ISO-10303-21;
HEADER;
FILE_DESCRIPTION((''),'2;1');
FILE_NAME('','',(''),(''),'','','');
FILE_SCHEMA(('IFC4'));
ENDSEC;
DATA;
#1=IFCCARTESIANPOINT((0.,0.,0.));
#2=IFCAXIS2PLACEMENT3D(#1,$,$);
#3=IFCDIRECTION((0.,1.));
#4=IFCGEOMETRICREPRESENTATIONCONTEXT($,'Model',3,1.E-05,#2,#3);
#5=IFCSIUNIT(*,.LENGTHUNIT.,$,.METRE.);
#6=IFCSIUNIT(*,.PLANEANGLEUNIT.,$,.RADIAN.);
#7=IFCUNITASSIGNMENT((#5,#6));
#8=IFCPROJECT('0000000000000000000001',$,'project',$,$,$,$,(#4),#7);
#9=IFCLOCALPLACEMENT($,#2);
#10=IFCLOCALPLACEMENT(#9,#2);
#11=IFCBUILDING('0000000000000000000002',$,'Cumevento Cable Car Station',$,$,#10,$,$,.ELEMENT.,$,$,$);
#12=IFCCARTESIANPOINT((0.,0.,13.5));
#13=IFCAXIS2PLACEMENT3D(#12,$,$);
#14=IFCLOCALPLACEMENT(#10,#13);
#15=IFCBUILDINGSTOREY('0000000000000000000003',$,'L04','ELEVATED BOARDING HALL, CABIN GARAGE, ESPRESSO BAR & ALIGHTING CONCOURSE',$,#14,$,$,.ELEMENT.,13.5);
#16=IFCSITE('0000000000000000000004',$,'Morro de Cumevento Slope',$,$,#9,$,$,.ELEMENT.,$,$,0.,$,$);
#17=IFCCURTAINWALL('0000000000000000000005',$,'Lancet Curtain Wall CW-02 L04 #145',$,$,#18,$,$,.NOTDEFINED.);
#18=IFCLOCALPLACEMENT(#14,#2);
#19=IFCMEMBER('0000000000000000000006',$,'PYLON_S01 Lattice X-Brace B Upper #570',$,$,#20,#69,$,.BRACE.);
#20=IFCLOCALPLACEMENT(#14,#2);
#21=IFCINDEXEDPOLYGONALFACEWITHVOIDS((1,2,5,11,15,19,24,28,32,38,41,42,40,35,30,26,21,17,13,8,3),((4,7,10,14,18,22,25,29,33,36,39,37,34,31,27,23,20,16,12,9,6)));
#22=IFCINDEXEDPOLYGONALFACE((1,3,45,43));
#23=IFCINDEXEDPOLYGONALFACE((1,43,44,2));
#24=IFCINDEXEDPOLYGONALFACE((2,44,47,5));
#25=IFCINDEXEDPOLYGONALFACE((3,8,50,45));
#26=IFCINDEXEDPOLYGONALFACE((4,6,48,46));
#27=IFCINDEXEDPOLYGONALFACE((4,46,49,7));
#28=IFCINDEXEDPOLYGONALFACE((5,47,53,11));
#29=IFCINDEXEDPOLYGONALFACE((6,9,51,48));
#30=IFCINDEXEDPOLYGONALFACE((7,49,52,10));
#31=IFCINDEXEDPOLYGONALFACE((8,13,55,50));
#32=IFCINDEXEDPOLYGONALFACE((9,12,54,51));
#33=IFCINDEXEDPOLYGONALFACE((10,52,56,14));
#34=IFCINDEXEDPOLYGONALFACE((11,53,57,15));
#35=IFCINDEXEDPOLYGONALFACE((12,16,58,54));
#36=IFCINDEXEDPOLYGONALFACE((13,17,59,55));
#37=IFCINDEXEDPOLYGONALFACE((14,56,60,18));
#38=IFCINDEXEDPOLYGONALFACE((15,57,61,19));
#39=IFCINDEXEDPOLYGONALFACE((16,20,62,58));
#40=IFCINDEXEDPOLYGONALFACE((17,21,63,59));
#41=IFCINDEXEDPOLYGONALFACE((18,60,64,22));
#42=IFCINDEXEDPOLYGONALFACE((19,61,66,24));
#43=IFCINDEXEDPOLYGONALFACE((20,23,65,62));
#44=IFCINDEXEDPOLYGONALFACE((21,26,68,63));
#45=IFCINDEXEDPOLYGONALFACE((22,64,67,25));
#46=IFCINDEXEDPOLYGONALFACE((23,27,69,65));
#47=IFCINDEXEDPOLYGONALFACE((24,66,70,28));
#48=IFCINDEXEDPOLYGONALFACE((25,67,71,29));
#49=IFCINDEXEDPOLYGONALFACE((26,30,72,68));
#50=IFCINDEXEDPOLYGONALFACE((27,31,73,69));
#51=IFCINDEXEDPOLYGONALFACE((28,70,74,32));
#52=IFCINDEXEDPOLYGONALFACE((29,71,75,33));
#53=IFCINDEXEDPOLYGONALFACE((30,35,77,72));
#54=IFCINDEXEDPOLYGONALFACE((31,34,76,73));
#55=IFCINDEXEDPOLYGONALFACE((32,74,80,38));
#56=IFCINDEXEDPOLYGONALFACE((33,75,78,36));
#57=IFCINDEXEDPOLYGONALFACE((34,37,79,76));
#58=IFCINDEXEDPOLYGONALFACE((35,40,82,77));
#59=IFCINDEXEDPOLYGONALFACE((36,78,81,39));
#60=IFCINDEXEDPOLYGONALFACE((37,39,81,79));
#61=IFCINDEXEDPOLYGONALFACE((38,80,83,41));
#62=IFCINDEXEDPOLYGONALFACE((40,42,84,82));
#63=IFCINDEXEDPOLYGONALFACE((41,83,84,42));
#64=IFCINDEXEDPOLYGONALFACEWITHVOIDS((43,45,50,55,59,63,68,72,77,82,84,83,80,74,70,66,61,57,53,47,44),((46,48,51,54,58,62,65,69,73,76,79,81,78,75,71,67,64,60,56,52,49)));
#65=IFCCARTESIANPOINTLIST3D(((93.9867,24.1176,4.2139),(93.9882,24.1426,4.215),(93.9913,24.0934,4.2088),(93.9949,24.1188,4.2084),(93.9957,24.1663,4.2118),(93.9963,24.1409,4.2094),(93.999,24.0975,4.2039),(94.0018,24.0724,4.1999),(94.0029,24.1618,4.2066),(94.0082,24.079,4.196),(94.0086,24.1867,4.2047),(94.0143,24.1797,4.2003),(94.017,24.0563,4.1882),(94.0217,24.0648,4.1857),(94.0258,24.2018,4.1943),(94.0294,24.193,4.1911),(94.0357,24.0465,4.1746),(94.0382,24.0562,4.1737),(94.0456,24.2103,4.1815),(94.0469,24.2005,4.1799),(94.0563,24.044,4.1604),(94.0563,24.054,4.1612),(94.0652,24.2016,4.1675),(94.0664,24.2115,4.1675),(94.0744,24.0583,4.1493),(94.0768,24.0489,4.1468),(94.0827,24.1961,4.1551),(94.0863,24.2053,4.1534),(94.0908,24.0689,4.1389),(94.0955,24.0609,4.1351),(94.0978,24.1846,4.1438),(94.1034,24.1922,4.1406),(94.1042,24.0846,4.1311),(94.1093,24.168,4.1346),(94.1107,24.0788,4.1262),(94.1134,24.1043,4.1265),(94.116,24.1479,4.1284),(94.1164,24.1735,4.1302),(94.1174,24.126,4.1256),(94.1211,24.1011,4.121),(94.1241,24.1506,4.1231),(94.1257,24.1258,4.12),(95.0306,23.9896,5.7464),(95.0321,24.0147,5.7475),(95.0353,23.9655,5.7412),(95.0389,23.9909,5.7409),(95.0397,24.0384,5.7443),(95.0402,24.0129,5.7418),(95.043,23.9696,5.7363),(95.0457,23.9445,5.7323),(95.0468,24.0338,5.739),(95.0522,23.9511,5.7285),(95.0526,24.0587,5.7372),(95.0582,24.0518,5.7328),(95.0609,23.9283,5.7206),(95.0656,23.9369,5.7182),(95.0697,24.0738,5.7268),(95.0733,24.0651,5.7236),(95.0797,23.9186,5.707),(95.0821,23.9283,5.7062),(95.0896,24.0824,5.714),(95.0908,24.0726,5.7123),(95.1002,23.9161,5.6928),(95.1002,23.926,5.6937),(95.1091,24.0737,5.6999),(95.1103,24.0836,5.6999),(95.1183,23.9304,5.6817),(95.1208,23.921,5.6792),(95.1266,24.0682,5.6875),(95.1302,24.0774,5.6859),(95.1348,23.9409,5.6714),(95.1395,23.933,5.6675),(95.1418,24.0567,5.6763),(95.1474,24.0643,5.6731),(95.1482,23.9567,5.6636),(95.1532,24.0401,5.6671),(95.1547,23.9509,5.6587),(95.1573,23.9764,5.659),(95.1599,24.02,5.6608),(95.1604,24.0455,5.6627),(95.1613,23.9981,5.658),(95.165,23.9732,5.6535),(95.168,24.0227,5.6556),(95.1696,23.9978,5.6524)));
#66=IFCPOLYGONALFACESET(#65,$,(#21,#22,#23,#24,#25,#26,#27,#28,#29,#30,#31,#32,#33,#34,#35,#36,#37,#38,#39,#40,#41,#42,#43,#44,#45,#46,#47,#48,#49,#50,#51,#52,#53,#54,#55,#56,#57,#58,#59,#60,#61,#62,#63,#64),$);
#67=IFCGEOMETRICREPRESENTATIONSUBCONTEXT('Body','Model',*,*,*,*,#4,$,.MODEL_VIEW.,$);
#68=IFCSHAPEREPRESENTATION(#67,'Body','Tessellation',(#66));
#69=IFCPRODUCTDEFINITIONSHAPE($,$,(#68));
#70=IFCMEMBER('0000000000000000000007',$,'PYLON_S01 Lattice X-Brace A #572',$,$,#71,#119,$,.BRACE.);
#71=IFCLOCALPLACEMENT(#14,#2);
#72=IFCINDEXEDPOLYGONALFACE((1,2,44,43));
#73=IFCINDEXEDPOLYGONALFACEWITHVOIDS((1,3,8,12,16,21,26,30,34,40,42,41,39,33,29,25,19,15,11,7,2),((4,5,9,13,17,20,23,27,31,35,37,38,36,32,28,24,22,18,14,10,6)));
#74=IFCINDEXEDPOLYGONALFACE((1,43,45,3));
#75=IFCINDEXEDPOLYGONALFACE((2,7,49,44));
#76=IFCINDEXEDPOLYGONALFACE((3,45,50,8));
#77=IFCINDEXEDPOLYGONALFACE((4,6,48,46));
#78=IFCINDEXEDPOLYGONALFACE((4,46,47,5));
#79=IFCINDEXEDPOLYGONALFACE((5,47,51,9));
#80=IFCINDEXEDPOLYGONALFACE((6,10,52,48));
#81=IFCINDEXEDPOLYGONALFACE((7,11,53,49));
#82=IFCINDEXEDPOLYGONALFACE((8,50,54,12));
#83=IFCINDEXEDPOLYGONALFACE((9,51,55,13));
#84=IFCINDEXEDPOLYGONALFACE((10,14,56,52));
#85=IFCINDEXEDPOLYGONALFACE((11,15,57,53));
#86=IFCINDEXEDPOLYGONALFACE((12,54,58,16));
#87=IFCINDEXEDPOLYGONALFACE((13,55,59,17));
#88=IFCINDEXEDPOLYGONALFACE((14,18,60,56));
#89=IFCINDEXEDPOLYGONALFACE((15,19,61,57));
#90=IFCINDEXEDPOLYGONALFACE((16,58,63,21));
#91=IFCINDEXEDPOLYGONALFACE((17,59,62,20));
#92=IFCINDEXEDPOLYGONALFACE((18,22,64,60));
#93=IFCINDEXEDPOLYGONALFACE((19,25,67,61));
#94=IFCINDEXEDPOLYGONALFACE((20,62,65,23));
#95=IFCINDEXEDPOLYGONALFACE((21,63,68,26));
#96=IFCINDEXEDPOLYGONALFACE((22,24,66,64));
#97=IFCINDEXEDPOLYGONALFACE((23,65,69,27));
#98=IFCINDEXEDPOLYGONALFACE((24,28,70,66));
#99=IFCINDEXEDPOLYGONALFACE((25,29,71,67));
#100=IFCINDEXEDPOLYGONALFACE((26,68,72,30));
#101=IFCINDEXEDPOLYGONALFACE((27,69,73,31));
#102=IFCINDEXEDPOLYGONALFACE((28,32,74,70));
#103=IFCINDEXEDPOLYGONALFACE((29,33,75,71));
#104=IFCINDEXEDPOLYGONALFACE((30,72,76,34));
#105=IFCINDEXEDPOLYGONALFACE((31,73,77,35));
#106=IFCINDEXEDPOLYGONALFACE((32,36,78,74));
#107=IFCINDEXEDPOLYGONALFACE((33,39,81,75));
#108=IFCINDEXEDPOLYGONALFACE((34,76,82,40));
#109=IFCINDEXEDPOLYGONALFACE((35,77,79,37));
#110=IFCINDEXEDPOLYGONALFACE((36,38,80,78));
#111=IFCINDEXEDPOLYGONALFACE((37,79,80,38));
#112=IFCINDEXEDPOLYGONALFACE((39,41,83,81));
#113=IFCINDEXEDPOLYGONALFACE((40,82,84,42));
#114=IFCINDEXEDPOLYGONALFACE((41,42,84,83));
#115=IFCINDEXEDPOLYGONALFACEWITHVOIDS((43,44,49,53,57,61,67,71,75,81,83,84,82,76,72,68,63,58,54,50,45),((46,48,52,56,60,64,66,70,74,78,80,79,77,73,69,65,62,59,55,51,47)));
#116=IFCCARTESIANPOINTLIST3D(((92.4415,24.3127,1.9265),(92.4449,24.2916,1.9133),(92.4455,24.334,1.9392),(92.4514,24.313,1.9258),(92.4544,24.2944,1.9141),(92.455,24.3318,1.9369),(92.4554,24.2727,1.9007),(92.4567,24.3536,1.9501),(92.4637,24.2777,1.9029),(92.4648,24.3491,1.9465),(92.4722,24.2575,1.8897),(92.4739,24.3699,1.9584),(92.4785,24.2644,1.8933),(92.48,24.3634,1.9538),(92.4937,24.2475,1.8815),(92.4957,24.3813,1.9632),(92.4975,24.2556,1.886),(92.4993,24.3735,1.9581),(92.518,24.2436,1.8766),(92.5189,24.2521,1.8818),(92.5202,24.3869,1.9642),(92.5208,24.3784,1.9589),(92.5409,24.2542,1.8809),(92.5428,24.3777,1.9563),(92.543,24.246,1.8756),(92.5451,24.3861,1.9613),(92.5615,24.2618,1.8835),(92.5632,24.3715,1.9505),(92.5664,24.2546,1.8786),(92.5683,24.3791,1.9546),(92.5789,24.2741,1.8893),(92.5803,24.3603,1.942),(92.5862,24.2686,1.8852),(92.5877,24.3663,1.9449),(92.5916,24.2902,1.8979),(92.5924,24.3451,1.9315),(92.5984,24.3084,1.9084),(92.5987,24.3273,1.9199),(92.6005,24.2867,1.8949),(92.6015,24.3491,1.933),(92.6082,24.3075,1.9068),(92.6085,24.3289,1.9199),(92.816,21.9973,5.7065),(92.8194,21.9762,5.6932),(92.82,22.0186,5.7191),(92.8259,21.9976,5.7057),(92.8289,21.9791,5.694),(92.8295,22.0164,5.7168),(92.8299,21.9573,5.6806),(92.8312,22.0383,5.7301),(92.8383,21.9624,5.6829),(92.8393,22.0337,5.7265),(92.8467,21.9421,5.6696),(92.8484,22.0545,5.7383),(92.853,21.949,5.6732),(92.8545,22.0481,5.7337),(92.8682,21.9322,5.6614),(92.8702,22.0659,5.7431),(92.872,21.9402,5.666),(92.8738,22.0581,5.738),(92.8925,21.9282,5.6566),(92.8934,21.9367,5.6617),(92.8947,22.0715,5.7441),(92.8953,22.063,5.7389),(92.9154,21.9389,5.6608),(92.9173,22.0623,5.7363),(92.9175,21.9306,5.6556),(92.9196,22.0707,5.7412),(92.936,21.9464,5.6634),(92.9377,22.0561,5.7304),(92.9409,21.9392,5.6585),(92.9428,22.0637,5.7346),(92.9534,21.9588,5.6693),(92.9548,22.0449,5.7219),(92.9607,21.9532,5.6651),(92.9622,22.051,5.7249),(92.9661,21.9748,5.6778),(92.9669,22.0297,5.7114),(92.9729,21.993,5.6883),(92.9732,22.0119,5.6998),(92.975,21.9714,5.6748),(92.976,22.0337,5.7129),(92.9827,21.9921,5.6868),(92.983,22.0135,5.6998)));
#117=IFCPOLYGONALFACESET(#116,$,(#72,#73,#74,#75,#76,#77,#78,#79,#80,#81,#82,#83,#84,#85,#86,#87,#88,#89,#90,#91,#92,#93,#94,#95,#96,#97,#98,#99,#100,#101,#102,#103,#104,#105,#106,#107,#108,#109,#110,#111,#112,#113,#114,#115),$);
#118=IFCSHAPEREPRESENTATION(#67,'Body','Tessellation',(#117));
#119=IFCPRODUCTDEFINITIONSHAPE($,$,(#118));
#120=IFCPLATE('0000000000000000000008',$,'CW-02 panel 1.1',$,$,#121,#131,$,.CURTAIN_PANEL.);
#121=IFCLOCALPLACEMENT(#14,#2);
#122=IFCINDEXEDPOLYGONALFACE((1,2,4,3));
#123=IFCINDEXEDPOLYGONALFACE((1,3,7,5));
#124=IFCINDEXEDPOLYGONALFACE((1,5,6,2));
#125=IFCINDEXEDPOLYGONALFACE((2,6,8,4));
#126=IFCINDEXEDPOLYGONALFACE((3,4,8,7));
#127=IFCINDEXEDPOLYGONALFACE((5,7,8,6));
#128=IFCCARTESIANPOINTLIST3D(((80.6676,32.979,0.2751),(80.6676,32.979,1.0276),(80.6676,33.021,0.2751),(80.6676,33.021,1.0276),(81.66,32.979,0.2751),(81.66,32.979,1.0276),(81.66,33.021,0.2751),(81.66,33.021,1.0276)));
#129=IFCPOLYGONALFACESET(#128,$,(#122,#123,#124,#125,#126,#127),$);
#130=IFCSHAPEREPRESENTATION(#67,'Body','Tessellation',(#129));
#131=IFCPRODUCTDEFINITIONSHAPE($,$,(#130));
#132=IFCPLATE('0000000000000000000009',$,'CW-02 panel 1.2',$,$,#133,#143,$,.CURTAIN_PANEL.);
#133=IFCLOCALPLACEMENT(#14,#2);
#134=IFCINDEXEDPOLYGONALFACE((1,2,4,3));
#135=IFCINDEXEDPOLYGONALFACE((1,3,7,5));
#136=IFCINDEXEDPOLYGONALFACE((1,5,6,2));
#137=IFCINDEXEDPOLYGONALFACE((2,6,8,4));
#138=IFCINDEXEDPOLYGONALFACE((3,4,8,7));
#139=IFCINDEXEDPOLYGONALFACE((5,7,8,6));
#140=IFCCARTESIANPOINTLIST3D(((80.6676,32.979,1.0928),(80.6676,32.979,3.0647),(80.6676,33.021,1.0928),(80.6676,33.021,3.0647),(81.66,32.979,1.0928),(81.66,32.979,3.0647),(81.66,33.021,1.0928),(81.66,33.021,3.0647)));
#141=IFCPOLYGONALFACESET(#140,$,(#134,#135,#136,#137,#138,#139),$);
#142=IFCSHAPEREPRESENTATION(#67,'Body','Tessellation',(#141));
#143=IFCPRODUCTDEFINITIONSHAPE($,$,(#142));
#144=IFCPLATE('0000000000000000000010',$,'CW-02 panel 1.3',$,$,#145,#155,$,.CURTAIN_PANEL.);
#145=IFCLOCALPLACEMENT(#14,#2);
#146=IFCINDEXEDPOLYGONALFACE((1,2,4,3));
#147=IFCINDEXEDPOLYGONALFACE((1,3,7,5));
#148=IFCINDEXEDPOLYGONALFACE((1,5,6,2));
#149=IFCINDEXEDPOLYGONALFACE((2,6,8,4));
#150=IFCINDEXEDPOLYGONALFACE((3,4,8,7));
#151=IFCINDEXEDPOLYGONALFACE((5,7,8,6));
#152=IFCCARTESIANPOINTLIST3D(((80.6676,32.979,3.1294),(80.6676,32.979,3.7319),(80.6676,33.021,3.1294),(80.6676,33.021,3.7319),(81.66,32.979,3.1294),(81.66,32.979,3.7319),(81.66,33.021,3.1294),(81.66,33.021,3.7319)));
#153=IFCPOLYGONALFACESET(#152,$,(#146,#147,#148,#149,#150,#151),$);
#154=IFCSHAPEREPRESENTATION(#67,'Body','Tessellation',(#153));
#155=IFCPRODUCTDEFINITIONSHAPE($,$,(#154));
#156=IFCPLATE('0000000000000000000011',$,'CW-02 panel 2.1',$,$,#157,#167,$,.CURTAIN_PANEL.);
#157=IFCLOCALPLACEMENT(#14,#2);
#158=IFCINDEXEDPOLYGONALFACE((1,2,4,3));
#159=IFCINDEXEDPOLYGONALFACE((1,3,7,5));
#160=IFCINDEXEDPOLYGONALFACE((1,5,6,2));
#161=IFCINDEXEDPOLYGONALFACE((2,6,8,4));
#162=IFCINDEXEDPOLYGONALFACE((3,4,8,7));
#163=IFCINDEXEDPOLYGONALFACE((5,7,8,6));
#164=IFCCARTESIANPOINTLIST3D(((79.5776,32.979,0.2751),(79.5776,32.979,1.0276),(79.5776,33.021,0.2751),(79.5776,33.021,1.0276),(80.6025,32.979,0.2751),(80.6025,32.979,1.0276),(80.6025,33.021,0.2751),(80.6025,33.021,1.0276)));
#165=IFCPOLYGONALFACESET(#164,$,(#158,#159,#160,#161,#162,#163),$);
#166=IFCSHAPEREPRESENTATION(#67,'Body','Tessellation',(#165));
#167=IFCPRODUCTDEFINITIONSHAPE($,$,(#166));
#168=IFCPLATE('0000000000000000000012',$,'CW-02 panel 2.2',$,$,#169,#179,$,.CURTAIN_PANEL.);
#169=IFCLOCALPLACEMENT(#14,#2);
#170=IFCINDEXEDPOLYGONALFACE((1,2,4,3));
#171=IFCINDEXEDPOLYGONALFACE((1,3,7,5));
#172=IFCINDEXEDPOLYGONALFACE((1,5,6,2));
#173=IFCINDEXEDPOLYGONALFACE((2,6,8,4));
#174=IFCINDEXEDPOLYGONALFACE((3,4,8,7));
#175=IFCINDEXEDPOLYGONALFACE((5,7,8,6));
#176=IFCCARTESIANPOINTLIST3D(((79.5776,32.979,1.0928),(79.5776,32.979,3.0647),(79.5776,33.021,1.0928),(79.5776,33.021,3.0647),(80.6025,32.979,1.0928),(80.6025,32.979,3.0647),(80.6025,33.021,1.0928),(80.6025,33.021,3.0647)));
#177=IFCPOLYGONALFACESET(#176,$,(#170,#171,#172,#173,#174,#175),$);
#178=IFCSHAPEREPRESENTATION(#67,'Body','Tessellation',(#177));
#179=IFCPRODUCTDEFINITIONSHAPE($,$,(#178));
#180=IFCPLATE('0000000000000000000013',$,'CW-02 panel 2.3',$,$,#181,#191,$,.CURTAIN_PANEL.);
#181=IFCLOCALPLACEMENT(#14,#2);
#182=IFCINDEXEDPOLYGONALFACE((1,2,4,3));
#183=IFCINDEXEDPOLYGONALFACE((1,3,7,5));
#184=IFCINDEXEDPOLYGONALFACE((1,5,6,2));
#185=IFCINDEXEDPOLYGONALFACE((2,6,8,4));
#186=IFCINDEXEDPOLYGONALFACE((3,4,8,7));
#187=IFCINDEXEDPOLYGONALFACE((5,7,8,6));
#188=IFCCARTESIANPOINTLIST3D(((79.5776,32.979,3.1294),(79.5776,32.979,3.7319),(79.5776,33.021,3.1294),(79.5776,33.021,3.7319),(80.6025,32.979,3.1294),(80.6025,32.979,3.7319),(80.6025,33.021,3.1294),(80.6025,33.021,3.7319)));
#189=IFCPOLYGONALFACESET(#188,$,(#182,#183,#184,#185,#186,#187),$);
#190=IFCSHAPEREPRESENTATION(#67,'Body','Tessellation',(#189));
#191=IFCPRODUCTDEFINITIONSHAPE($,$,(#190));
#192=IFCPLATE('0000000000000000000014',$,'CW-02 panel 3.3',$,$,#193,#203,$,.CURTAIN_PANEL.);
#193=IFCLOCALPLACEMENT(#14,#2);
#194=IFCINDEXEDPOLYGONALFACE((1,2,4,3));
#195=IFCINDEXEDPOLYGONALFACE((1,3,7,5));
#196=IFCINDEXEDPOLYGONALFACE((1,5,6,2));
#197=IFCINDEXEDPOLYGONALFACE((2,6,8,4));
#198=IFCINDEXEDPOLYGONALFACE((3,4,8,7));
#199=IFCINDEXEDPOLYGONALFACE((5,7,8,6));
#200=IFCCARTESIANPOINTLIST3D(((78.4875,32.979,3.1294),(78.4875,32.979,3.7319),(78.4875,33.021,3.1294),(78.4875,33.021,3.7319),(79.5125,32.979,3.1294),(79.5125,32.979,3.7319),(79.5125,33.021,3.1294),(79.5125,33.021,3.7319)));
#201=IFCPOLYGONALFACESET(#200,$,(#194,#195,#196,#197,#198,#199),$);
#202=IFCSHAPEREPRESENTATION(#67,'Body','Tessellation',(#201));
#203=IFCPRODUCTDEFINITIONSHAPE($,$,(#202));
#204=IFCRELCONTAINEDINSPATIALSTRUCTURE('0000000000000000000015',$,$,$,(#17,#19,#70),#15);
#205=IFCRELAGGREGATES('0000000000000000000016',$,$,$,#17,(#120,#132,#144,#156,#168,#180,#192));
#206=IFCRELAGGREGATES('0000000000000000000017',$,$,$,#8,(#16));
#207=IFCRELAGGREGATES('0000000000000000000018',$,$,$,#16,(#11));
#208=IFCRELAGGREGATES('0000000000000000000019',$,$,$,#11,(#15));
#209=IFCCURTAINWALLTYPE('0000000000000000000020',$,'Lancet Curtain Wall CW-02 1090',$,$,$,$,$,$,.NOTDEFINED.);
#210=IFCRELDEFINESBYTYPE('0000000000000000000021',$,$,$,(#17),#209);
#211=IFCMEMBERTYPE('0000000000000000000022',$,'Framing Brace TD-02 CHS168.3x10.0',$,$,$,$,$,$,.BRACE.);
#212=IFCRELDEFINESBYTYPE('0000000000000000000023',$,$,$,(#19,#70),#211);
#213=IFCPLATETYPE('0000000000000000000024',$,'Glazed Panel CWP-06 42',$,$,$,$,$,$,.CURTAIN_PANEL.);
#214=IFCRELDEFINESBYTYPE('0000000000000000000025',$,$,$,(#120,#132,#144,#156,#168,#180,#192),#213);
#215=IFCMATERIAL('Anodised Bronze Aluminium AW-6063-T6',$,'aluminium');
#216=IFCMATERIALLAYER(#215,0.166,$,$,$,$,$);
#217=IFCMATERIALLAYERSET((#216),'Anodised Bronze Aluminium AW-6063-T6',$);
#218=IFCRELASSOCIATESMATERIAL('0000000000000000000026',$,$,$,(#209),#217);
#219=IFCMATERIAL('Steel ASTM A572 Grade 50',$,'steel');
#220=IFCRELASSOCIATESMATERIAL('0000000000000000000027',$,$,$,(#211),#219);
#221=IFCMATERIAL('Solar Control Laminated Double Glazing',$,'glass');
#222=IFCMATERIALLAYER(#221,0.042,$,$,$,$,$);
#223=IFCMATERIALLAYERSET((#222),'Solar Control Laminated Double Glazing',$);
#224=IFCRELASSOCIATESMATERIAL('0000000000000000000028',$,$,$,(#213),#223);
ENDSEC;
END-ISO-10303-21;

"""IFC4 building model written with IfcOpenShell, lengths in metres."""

from ifc_helpers import new_model, si_unit, direction, frame, origin, origin_2d, place, context, subcontext, project, spatial, rectangle, hollow_circle, extrude, material, layer, layer_set, material_profile, profile_set, type_object, element, aggregate, save


model = new_model("IFC4")

# Units and contexts
model_context = context("Model", 3, precision=1e-05, world=origin(), true_north=direction((0.0, 1.0)))
body_context = subcontext(model_context, "Body", "Model", "MODEL_VIEW")
ifc_project = project(units=[si_unit("LENGTHUNIT", "METRE"), si_unit("PLANEANGLEUNIT", "RADIAN")], contexts=[model_context])

# Site, building, storey
site_placement = place(None, origin())
site = spatial("IfcSite", under=ifc_project, at=site_placement, Name="Morro de Cumevento Slope", CompositionType="ELEMENT", RefElevation=0.0)
building_placement = place(site_placement, origin())
building = spatial("IfcBuilding", under=site, at=building_placement, Name="Cumevento Cable Car Station", CompositionType="ELEMENT")
storey_placement = place(building_placement, frame((0.0, 0.0, 13.5)))
storey = spatial("IfcBuildingStorey", under=building, at=storey_placement, Name="L04", Description="ELEVATED BOARDING HALL, CABIN GARAGE, ESPRESSO BAR & ALIGHTING CONCOURSE", CompositionType="ELEMENT", Elevation=13.5)

# Curtain wall
ifc_material_1 = material(Name="Anodised Bronze Aluminium AW-6063-T6", Category="aluminium")
ifc_layer_1 = layer(ifc_material_1, 0.166)
ifc_layer_set_1 = layer_set([ifc_layer_1], Name="Anodised Bronze Aluminium AW-6063-T6")
curtain_wall_type = type_object("IfcCurtainWallType", Name="Lancet Curtain Wall CW-02 1090", PredefinedType="NOTDEFINED", material=ifc_layer_set_1)
curtain_wall_placement = place(storey_placement, origin())
curtain_wall = element("IfcCurtainWall", 1, at=curtain_wall_placement, inside=storey, type_object=curtain_wall_type, Name="Lancet Curtain Wall CW-02 L04 #145", PredefinedType="NOTDEFINED")

# Members
ifc_material_2 = material(Name="Steel ASTM A572 Grade 50", Category="steel")
ifc_material_profile_1 = material_profile(ifc_material_2, hollow_circle(Radius=0.0842, WallThickness=0.01, at=origin_2d()), Name="CHS168.3x10.0")
ifc_profile_set_1 = profile_set([ifc_material_profile_1], Name="Steel ASTM A572 Grade 50")
member_type_1 = type_object("IfcMemberType", Name="Framing Brace TD-02 CHS168.3x10.0", PredefinedType="BRACE", material=ifc_profile_set_1)
member_1_placement = place(storey_placement, frame((94.0562, 24.1279, 4.1675), z_axis=(0.561663, -0.068829, 0.824499), x_axis=(0.121635, 0.992575, 0.0)))
element("IfcMember", 2, at=member_1_placement, inside=storey, type_object=member_type_1, Name="PYLON_S01 Lattice X-Brace B Upper #570", PredefinedType="BRACE", context=body_context, shape_type="SweptSolid", body=[
    extrude(hollow_circle(Radius=0.0842, WallThickness=0.01, at=origin_2d()), origin(), (0.0, 0.0, 1.0), 1.8586),
])
member_2_placement = place(storey_placement, frame((92.5254, 24.3154, 1.9199), z_axis=(0.084186, -0.520484, 0.849711), x_axis=(0.98717, 0.159671, 0.0)))
element("IfcMember", 3, at=member_2_placement, inside=storey, type_object=member_type_1, Name="PYLON_S01 Lattice X-Brace A #572", PredefinedType="BRACE", context=body_context, shape_type="SweptSolid", body=[
    extrude(hollow_circle(Radius=0.0842, WallThickness=0.01, at=origin_2d()), origin(), (0.0, 0.0, 1.0), 4.4485),
])

# Plates
ifc_material_3 = material(Name="Solar Control Laminated Double Glazing", Category="glass")
ifc_layer_2 = layer(ifc_material_3, 0.042)
ifc_layer_set_2 = layer_set([ifc_layer_2], Name="Solar Control Laminated Double Glazing")
plate_type_1 = type_object("IfcPlateType", Name="Glazed Panel CWP-06 42", PredefinedType="CURTAIN_PANEL", material=ifc_layer_set_2)
plate_1_placement = place(storey_placement, frame((81.1638, 33.0, 0.2751), z_axis=(0.0, 0.0, 1.0), x_axis=(-1.0, 0.0, 0.0)))
plate_1 = element("IfcPlate", 4, at=plate_1_placement, type_object=plate_type_1, Name="CW-02 panel 1.1", PredefinedType="CURTAIN_PANEL", context=body_context, shape_type="SweptSolid", body=[
    extrude(rectangle(XDim=0.9924, YDim=0.042, at=origin_2d()), origin(), (0.0, 0.0, 1.0), 0.7524),
])
plate_2_placement = place(storey_placement, frame((81.1638, 33.0, 1.0928), z_axis=(0.0, 0.0, 1.0), x_axis=(-1.0, 0.0, 0.0)))
plate_2 = element("IfcPlate", 5, at=plate_2_placement, type_object=plate_type_1, Name="CW-02 panel 1.2", PredefinedType="CURTAIN_PANEL", context=body_context, shape_type="SweptSolid", body=[
    extrude(rectangle(XDim=0.9924, YDim=0.042, at=origin_2d()), origin(), (0.0, 0.0, 1.0), 1.9719),
])
plate_3_placement = place(storey_placement, frame((81.1638, 33.0, 3.1294), z_axis=(0.0, 0.0, 1.0), x_axis=(-1.0, 0.0, 0.0)))
plate_3 = element("IfcPlate", 6, at=plate_3_placement, type_object=plate_type_1, Name="CW-02 panel 1.3", PredefinedType="CURTAIN_PANEL", context=body_context, shape_type="SweptSolid", body=[
    extrude(rectangle(XDim=0.9924, YDim=0.042, at=origin_2d()), origin(), (0.0, 0.0, 1.0), 0.6025),
])
plate_4_placement = place(storey_placement, frame((80.0901, 33.0, 0.2751), z_axis=(0.0, 0.0, 1.0), x_axis=(-1.0, 0.0, 0.0)))
plate_4 = element("IfcPlate", 7, at=plate_4_placement, type_object=plate_type_1, Name="CW-02 panel 2.1", PredefinedType="CURTAIN_PANEL", context=body_context, shape_type="SweptSolid", body=[
    extrude(rectangle(XDim=1.0249, YDim=0.042, at=origin_2d()), origin(), (0.0, 0.0, 1.0), 0.7524),
])
plate_5_placement = place(storey_placement, frame((80.0901, 33.0, 1.0928), z_axis=(0.0, 0.0, 1.0), x_axis=(-1.0, 0.0, 0.0)))
plate_5 = element("IfcPlate", 8, at=plate_5_placement, type_object=plate_type_1, Name="CW-02 panel 2.2", PredefinedType="CURTAIN_PANEL", context=body_context, shape_type="SweptSolid", body=[
    extrude(rectangle(XDim=1.0249, YDim=0.042, at=origin_2d()), origin(), (0.0, 0.0, 1.0), 1.9719),
])
plate_6_placement = place(storey_placement, frame((80.0901, 33.0, 3.1294), z_axis=(0.0, 0.0, 1.0), x_axis=(-1.0, 0.0, 0.0)))
plate_6 = element("IfcPlate", 9, at=plate_6_placement, type_object=plate_type_1, Name="CW-02 panel 2.3", PredefinedType="CURTAIN_PANEL", context=body_context, shape_type="SweptSolid", body=[
    extrude(rectangle(XDim=1.0249, YDim=0.042, at=origin_2d()), origin(), (0.0, 0.0, 1.0), 0.6025),
])
plate_7_placement = place(storey_placement, frame((79.0, 33.0, 3.1294), z_axis=(0.0, 0.0, 1.0), x_axis=(-1.0, 0.0, 0.0)))
plate_7 = element("IfcPlate", 10, at=plate_7_placement, type_object=plate_type_1, Name="CW-02 panel 3.3", PredefinedType="CURTAIN_PANEL", context=body_context, shape_type="SweptSolid", body=[
    extrude(rectangle(XDim=1.0249, YDim=0.042, at=origin_2d()), origin(), (0.0, 0.0, 1.0), 0.6025),
])
aggregate(curtain_wall, [plate_1, plate_2, plate_3, plate_4, plate_5, plate_6, plate_7])

save(model, "model.ifc")
